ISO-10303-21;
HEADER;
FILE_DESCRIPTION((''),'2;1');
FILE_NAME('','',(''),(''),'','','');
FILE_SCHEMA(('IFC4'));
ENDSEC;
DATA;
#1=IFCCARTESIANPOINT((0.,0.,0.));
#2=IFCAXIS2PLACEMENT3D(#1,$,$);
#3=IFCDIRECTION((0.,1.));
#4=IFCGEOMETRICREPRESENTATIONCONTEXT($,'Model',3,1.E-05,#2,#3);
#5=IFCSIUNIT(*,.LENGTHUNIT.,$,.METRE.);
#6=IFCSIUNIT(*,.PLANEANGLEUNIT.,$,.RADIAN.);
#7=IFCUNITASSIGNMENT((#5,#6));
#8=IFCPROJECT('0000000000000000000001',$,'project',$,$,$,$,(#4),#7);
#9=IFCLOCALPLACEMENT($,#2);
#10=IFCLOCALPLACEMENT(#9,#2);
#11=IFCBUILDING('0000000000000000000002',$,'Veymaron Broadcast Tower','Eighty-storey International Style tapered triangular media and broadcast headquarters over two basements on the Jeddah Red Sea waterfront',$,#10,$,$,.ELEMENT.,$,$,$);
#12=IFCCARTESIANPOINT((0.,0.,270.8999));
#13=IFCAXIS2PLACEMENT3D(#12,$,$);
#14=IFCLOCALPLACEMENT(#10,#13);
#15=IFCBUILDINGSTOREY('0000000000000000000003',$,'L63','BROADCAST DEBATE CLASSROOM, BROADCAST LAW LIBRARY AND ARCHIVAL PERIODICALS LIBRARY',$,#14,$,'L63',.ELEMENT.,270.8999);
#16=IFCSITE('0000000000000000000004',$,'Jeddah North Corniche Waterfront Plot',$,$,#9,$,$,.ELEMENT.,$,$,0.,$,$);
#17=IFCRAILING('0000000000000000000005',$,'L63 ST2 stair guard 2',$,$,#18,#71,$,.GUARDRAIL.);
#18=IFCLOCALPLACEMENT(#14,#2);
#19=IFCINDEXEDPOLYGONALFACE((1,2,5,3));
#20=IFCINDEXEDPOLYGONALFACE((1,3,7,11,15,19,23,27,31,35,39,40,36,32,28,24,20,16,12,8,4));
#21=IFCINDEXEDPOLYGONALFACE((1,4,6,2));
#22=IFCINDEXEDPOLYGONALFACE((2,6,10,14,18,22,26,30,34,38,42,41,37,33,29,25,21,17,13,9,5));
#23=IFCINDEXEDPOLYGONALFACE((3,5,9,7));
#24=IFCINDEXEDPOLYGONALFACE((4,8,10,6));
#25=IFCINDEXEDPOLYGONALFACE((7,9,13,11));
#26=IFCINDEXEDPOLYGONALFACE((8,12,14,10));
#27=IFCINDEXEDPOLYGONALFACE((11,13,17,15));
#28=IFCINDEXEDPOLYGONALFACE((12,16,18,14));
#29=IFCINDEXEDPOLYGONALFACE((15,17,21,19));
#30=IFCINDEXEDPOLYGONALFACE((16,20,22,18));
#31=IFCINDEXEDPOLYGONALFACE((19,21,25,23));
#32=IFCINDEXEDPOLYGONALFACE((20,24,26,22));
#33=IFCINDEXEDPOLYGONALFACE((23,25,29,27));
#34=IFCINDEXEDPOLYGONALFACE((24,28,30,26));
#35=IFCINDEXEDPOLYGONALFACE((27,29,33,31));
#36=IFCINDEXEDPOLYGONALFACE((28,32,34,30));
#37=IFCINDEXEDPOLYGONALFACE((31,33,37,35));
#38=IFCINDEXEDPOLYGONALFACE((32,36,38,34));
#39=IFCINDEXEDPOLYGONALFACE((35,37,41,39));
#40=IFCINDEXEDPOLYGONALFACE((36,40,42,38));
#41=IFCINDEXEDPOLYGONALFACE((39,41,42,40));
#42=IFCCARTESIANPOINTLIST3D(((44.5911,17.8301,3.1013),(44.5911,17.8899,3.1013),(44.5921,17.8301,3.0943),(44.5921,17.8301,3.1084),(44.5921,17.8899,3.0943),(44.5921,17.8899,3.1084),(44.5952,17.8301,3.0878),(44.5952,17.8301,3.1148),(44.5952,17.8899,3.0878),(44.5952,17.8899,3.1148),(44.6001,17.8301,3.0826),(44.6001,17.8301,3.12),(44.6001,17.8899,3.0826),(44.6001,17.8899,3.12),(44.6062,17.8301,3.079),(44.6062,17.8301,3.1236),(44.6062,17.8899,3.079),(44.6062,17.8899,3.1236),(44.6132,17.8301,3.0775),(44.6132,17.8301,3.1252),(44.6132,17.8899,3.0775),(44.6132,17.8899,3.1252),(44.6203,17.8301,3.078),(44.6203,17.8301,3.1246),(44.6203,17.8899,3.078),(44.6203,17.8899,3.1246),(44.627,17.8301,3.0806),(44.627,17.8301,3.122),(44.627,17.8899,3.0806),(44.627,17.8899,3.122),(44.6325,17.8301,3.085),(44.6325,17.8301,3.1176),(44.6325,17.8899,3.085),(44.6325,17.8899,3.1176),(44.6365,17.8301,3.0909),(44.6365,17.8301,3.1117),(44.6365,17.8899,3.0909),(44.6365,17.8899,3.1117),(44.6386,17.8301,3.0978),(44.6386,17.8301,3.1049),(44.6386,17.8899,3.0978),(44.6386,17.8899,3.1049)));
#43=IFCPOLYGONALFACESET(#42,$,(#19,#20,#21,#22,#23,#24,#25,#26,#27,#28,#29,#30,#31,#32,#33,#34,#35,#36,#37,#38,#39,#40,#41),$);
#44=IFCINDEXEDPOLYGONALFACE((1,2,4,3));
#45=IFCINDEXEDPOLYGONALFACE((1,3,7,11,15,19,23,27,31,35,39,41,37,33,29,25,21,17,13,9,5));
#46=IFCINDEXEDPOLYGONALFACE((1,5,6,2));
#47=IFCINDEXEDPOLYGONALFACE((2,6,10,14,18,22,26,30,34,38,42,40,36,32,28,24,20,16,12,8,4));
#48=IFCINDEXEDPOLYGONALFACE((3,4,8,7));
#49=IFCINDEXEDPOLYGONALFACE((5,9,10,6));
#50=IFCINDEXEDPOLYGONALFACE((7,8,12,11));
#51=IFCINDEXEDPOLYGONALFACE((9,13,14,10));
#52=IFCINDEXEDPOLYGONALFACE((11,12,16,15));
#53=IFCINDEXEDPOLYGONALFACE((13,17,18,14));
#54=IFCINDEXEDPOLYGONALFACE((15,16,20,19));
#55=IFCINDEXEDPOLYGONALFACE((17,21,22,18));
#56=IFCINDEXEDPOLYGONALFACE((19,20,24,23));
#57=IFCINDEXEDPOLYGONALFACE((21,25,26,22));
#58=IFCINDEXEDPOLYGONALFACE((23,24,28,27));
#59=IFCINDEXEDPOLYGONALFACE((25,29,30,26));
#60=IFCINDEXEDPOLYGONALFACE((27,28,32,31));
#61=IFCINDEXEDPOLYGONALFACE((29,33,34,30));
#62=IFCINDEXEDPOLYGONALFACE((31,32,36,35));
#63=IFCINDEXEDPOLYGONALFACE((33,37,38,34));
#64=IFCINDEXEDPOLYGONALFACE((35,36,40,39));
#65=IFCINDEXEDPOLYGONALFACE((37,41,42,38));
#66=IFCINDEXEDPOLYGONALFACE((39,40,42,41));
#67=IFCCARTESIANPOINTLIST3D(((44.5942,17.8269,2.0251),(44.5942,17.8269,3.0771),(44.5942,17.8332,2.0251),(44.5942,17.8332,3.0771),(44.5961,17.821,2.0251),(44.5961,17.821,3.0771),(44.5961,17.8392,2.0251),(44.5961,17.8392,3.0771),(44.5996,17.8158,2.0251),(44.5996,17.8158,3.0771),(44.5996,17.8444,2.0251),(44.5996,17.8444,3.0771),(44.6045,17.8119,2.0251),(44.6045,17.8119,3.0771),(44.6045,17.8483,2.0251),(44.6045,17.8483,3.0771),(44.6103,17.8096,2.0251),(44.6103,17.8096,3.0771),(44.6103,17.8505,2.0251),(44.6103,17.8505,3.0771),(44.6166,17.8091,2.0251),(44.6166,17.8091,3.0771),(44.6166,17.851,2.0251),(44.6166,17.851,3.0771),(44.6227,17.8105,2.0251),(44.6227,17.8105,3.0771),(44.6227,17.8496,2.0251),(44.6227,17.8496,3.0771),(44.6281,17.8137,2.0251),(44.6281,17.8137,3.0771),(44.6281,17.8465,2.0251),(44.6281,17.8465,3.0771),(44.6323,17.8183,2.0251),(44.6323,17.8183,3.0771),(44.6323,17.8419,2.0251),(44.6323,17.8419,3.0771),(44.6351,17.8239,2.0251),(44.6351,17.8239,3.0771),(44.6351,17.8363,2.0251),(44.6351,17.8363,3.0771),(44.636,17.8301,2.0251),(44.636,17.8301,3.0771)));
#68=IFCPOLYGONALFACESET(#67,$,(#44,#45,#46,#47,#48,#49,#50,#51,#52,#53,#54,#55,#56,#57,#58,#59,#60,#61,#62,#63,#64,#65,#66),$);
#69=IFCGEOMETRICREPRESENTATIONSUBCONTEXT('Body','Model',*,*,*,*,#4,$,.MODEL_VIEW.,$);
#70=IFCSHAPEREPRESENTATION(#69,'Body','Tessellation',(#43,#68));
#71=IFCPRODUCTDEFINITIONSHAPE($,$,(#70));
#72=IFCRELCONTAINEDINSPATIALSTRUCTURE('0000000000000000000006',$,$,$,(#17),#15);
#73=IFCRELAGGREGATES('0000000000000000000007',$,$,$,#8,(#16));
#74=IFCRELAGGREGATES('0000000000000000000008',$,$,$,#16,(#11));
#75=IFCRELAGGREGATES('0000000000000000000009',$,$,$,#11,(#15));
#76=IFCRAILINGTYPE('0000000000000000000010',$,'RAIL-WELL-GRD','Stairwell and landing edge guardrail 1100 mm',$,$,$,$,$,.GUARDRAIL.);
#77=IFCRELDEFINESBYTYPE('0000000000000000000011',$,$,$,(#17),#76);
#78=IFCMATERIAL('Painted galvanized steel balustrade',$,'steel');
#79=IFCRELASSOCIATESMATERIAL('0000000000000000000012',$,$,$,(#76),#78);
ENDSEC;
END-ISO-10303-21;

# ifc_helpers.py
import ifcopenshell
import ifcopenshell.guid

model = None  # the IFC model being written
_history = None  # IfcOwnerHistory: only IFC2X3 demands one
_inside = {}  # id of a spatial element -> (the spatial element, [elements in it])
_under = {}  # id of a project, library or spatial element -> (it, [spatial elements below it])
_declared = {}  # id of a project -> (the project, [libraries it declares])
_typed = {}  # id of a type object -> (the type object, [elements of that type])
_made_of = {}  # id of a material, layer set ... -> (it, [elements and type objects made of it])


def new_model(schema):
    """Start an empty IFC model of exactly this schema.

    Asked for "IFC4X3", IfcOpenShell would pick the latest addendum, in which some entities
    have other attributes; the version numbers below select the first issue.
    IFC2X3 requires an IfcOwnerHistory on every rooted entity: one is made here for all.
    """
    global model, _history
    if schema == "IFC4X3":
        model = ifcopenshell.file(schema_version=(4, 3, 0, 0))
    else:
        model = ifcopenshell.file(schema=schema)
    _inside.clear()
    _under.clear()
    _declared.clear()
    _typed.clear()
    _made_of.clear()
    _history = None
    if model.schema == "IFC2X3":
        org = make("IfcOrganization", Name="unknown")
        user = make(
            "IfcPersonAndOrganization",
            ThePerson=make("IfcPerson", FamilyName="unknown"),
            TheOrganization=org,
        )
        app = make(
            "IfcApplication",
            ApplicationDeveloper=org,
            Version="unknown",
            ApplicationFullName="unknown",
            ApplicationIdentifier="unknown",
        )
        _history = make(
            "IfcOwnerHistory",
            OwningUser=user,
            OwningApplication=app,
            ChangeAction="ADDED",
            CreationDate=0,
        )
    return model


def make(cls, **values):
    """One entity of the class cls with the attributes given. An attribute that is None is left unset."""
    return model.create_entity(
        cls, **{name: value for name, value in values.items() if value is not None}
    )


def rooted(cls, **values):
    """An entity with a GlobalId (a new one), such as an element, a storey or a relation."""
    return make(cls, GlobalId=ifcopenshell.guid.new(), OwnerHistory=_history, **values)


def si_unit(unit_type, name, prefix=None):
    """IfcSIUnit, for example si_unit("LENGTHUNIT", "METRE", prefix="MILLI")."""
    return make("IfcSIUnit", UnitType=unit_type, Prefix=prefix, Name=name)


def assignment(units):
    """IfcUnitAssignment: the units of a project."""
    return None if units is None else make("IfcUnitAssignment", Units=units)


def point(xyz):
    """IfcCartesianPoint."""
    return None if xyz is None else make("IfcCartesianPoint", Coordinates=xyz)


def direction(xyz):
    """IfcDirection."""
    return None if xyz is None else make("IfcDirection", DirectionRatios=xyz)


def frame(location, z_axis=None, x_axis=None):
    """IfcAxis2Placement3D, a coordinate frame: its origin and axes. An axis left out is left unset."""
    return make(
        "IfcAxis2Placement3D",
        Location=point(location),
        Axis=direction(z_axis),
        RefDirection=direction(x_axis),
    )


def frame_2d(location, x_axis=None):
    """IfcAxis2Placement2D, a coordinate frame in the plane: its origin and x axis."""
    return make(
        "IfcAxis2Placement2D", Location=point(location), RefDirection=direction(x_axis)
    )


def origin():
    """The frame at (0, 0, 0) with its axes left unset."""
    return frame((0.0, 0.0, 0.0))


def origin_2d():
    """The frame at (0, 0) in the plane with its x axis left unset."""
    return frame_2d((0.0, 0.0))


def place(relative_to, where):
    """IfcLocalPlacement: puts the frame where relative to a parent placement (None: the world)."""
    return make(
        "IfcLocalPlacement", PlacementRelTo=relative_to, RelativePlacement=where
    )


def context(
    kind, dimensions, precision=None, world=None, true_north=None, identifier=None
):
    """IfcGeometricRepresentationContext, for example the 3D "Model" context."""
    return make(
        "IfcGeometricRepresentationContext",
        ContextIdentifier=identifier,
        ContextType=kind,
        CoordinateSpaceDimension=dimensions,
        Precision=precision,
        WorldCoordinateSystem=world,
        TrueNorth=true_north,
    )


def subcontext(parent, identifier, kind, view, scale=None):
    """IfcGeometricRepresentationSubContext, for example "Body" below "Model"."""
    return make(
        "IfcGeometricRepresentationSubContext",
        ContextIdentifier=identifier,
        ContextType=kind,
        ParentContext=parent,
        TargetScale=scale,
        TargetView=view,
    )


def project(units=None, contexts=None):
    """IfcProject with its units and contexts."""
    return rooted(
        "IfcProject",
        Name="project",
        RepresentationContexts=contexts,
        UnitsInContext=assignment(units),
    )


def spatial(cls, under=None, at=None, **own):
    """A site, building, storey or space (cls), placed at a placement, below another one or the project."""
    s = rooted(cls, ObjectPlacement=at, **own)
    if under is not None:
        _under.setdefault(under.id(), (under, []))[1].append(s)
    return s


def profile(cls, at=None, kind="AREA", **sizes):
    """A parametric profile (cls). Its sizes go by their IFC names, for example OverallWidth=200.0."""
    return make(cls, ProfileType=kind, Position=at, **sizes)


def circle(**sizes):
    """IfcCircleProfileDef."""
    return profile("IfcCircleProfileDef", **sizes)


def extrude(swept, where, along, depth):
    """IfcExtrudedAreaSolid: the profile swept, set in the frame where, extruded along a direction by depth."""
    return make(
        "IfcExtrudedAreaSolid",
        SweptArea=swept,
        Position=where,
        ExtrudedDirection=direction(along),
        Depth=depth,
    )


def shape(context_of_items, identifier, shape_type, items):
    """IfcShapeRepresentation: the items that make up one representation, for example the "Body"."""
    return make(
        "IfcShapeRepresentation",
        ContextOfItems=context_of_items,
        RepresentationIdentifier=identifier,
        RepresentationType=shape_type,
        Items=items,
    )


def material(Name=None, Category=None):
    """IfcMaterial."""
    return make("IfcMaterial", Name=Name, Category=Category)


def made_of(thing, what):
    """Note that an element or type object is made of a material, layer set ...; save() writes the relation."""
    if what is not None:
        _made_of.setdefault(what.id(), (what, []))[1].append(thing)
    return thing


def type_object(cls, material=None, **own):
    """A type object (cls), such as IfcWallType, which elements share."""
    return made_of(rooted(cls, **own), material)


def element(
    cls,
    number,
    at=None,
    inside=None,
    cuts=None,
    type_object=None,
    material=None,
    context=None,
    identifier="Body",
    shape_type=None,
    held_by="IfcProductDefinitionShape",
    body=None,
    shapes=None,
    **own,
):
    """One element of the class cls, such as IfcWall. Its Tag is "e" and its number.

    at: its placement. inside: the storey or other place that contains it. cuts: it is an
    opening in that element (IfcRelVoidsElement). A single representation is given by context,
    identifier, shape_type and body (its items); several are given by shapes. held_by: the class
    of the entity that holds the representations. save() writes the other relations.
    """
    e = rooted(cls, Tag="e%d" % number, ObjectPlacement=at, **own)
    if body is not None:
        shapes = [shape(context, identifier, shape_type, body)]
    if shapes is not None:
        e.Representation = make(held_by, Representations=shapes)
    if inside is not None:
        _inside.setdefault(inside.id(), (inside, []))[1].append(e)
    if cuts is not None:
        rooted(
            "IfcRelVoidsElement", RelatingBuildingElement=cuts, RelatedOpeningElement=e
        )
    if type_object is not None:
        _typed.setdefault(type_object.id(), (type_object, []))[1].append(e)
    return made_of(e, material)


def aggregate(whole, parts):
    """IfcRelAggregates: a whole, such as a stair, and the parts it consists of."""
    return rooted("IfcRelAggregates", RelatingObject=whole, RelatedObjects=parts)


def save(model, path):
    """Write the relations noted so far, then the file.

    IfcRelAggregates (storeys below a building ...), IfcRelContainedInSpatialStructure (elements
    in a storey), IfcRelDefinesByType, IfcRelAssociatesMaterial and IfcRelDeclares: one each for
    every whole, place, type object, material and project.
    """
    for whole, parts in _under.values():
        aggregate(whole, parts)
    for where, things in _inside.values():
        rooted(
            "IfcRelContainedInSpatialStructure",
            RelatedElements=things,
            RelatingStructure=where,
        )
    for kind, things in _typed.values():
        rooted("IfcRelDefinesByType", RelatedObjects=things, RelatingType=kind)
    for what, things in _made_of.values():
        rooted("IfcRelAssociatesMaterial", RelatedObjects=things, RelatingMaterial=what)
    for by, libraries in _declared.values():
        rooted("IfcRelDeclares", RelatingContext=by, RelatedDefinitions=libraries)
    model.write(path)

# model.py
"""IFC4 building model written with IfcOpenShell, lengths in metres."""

from ifc_helpers import new_model, si_unit, direction, frame, origin, origin_2d, place, context, subcontext, project, spatial, circle, extrude, material, type_object, element, save


model = new_model("IFC4")

# Units and contexts
model_context = context("Model", 3, precision=1e-05, world=origin(), true_north=direction((0.0, 1.0)))
body_context = subcontext(model_context, "Body", "Model", "MODEL_VIEW")
ifc_project = project(units=[si_unit("LENGTHUNIT", "METRE"), si_unit("PLANEANGLEUNIT", "RADIAN")], contexts=[model_context])

# Site, building, storey
site_placement = place(None, origin())
site = spatial("IfcSite", under=ifc_project, at=site_placement, Name="Jeddah North Corniche Waterfront Plot", CompositionType="ELEMENT", RefElevation=0.0)
building_placement = place(site_placement, origin())
building = spatial("IfcBuilding", under=site, at=building_placement, Name="Veymaron Broadcast Tower", Description="Eighty-storey International Style tapered triangular media and broadcast headquarters over two basements on the Jeddah Red Sea waterfront", CompositionType="ELEMENT")
storey_placement = place(building_placement, frame((0.0, 0.0, 270.8999)))
storey = spatial("IfcBuildingStorey", under=building, at=storey_placement, Name="L63", Description="BROADCAST DEBATE CLASSROOM, BROADCAST LAW LIBRARY AND ARCHIVAL PERIODICALS LIBRARY", LongName="L63", CompositionType="ELEMENT", Elevation=270.8999)

# Railing
ifc_material_1 = material(Name="Painted galvanized steel balustrade", Category="steel")
railing_type_1 = type_object("IfcRailingType", Name="RAIL-WELL-GRD", Description="Stairwell and landing edge guardrail 1100 mm", PredefinedType="GUARDRAIL", material=ifc_material_1)
railing_1_placement = place(storey_placement, frame((44.615, 17.8301, 2.0251)))
element("IfcRailing", 1, at=railing_1_placement, inside=storey, type_object=railing_type_1, Name="L63 ST2 stair guard 2", PredefinedType="GUARDRAIL", context=body_context, shape_type="SweptSolid", body=[
    extrude(circle(Radius=0.0239, at=origin_2d()), frame((0.0, 0.0, 1.0762), z_axis=(0.0, 1.0, 0.0), x_axis=(-1.0, 0.0, 0.0)), (0.0, 0.0, 1.0), 0.0598),
    extrude(circle(Radius=0.021, at=origin_2d()), origin(), (0.0, 0.0, 1.0), 1.052),
])

save(model, "model.ifc")
